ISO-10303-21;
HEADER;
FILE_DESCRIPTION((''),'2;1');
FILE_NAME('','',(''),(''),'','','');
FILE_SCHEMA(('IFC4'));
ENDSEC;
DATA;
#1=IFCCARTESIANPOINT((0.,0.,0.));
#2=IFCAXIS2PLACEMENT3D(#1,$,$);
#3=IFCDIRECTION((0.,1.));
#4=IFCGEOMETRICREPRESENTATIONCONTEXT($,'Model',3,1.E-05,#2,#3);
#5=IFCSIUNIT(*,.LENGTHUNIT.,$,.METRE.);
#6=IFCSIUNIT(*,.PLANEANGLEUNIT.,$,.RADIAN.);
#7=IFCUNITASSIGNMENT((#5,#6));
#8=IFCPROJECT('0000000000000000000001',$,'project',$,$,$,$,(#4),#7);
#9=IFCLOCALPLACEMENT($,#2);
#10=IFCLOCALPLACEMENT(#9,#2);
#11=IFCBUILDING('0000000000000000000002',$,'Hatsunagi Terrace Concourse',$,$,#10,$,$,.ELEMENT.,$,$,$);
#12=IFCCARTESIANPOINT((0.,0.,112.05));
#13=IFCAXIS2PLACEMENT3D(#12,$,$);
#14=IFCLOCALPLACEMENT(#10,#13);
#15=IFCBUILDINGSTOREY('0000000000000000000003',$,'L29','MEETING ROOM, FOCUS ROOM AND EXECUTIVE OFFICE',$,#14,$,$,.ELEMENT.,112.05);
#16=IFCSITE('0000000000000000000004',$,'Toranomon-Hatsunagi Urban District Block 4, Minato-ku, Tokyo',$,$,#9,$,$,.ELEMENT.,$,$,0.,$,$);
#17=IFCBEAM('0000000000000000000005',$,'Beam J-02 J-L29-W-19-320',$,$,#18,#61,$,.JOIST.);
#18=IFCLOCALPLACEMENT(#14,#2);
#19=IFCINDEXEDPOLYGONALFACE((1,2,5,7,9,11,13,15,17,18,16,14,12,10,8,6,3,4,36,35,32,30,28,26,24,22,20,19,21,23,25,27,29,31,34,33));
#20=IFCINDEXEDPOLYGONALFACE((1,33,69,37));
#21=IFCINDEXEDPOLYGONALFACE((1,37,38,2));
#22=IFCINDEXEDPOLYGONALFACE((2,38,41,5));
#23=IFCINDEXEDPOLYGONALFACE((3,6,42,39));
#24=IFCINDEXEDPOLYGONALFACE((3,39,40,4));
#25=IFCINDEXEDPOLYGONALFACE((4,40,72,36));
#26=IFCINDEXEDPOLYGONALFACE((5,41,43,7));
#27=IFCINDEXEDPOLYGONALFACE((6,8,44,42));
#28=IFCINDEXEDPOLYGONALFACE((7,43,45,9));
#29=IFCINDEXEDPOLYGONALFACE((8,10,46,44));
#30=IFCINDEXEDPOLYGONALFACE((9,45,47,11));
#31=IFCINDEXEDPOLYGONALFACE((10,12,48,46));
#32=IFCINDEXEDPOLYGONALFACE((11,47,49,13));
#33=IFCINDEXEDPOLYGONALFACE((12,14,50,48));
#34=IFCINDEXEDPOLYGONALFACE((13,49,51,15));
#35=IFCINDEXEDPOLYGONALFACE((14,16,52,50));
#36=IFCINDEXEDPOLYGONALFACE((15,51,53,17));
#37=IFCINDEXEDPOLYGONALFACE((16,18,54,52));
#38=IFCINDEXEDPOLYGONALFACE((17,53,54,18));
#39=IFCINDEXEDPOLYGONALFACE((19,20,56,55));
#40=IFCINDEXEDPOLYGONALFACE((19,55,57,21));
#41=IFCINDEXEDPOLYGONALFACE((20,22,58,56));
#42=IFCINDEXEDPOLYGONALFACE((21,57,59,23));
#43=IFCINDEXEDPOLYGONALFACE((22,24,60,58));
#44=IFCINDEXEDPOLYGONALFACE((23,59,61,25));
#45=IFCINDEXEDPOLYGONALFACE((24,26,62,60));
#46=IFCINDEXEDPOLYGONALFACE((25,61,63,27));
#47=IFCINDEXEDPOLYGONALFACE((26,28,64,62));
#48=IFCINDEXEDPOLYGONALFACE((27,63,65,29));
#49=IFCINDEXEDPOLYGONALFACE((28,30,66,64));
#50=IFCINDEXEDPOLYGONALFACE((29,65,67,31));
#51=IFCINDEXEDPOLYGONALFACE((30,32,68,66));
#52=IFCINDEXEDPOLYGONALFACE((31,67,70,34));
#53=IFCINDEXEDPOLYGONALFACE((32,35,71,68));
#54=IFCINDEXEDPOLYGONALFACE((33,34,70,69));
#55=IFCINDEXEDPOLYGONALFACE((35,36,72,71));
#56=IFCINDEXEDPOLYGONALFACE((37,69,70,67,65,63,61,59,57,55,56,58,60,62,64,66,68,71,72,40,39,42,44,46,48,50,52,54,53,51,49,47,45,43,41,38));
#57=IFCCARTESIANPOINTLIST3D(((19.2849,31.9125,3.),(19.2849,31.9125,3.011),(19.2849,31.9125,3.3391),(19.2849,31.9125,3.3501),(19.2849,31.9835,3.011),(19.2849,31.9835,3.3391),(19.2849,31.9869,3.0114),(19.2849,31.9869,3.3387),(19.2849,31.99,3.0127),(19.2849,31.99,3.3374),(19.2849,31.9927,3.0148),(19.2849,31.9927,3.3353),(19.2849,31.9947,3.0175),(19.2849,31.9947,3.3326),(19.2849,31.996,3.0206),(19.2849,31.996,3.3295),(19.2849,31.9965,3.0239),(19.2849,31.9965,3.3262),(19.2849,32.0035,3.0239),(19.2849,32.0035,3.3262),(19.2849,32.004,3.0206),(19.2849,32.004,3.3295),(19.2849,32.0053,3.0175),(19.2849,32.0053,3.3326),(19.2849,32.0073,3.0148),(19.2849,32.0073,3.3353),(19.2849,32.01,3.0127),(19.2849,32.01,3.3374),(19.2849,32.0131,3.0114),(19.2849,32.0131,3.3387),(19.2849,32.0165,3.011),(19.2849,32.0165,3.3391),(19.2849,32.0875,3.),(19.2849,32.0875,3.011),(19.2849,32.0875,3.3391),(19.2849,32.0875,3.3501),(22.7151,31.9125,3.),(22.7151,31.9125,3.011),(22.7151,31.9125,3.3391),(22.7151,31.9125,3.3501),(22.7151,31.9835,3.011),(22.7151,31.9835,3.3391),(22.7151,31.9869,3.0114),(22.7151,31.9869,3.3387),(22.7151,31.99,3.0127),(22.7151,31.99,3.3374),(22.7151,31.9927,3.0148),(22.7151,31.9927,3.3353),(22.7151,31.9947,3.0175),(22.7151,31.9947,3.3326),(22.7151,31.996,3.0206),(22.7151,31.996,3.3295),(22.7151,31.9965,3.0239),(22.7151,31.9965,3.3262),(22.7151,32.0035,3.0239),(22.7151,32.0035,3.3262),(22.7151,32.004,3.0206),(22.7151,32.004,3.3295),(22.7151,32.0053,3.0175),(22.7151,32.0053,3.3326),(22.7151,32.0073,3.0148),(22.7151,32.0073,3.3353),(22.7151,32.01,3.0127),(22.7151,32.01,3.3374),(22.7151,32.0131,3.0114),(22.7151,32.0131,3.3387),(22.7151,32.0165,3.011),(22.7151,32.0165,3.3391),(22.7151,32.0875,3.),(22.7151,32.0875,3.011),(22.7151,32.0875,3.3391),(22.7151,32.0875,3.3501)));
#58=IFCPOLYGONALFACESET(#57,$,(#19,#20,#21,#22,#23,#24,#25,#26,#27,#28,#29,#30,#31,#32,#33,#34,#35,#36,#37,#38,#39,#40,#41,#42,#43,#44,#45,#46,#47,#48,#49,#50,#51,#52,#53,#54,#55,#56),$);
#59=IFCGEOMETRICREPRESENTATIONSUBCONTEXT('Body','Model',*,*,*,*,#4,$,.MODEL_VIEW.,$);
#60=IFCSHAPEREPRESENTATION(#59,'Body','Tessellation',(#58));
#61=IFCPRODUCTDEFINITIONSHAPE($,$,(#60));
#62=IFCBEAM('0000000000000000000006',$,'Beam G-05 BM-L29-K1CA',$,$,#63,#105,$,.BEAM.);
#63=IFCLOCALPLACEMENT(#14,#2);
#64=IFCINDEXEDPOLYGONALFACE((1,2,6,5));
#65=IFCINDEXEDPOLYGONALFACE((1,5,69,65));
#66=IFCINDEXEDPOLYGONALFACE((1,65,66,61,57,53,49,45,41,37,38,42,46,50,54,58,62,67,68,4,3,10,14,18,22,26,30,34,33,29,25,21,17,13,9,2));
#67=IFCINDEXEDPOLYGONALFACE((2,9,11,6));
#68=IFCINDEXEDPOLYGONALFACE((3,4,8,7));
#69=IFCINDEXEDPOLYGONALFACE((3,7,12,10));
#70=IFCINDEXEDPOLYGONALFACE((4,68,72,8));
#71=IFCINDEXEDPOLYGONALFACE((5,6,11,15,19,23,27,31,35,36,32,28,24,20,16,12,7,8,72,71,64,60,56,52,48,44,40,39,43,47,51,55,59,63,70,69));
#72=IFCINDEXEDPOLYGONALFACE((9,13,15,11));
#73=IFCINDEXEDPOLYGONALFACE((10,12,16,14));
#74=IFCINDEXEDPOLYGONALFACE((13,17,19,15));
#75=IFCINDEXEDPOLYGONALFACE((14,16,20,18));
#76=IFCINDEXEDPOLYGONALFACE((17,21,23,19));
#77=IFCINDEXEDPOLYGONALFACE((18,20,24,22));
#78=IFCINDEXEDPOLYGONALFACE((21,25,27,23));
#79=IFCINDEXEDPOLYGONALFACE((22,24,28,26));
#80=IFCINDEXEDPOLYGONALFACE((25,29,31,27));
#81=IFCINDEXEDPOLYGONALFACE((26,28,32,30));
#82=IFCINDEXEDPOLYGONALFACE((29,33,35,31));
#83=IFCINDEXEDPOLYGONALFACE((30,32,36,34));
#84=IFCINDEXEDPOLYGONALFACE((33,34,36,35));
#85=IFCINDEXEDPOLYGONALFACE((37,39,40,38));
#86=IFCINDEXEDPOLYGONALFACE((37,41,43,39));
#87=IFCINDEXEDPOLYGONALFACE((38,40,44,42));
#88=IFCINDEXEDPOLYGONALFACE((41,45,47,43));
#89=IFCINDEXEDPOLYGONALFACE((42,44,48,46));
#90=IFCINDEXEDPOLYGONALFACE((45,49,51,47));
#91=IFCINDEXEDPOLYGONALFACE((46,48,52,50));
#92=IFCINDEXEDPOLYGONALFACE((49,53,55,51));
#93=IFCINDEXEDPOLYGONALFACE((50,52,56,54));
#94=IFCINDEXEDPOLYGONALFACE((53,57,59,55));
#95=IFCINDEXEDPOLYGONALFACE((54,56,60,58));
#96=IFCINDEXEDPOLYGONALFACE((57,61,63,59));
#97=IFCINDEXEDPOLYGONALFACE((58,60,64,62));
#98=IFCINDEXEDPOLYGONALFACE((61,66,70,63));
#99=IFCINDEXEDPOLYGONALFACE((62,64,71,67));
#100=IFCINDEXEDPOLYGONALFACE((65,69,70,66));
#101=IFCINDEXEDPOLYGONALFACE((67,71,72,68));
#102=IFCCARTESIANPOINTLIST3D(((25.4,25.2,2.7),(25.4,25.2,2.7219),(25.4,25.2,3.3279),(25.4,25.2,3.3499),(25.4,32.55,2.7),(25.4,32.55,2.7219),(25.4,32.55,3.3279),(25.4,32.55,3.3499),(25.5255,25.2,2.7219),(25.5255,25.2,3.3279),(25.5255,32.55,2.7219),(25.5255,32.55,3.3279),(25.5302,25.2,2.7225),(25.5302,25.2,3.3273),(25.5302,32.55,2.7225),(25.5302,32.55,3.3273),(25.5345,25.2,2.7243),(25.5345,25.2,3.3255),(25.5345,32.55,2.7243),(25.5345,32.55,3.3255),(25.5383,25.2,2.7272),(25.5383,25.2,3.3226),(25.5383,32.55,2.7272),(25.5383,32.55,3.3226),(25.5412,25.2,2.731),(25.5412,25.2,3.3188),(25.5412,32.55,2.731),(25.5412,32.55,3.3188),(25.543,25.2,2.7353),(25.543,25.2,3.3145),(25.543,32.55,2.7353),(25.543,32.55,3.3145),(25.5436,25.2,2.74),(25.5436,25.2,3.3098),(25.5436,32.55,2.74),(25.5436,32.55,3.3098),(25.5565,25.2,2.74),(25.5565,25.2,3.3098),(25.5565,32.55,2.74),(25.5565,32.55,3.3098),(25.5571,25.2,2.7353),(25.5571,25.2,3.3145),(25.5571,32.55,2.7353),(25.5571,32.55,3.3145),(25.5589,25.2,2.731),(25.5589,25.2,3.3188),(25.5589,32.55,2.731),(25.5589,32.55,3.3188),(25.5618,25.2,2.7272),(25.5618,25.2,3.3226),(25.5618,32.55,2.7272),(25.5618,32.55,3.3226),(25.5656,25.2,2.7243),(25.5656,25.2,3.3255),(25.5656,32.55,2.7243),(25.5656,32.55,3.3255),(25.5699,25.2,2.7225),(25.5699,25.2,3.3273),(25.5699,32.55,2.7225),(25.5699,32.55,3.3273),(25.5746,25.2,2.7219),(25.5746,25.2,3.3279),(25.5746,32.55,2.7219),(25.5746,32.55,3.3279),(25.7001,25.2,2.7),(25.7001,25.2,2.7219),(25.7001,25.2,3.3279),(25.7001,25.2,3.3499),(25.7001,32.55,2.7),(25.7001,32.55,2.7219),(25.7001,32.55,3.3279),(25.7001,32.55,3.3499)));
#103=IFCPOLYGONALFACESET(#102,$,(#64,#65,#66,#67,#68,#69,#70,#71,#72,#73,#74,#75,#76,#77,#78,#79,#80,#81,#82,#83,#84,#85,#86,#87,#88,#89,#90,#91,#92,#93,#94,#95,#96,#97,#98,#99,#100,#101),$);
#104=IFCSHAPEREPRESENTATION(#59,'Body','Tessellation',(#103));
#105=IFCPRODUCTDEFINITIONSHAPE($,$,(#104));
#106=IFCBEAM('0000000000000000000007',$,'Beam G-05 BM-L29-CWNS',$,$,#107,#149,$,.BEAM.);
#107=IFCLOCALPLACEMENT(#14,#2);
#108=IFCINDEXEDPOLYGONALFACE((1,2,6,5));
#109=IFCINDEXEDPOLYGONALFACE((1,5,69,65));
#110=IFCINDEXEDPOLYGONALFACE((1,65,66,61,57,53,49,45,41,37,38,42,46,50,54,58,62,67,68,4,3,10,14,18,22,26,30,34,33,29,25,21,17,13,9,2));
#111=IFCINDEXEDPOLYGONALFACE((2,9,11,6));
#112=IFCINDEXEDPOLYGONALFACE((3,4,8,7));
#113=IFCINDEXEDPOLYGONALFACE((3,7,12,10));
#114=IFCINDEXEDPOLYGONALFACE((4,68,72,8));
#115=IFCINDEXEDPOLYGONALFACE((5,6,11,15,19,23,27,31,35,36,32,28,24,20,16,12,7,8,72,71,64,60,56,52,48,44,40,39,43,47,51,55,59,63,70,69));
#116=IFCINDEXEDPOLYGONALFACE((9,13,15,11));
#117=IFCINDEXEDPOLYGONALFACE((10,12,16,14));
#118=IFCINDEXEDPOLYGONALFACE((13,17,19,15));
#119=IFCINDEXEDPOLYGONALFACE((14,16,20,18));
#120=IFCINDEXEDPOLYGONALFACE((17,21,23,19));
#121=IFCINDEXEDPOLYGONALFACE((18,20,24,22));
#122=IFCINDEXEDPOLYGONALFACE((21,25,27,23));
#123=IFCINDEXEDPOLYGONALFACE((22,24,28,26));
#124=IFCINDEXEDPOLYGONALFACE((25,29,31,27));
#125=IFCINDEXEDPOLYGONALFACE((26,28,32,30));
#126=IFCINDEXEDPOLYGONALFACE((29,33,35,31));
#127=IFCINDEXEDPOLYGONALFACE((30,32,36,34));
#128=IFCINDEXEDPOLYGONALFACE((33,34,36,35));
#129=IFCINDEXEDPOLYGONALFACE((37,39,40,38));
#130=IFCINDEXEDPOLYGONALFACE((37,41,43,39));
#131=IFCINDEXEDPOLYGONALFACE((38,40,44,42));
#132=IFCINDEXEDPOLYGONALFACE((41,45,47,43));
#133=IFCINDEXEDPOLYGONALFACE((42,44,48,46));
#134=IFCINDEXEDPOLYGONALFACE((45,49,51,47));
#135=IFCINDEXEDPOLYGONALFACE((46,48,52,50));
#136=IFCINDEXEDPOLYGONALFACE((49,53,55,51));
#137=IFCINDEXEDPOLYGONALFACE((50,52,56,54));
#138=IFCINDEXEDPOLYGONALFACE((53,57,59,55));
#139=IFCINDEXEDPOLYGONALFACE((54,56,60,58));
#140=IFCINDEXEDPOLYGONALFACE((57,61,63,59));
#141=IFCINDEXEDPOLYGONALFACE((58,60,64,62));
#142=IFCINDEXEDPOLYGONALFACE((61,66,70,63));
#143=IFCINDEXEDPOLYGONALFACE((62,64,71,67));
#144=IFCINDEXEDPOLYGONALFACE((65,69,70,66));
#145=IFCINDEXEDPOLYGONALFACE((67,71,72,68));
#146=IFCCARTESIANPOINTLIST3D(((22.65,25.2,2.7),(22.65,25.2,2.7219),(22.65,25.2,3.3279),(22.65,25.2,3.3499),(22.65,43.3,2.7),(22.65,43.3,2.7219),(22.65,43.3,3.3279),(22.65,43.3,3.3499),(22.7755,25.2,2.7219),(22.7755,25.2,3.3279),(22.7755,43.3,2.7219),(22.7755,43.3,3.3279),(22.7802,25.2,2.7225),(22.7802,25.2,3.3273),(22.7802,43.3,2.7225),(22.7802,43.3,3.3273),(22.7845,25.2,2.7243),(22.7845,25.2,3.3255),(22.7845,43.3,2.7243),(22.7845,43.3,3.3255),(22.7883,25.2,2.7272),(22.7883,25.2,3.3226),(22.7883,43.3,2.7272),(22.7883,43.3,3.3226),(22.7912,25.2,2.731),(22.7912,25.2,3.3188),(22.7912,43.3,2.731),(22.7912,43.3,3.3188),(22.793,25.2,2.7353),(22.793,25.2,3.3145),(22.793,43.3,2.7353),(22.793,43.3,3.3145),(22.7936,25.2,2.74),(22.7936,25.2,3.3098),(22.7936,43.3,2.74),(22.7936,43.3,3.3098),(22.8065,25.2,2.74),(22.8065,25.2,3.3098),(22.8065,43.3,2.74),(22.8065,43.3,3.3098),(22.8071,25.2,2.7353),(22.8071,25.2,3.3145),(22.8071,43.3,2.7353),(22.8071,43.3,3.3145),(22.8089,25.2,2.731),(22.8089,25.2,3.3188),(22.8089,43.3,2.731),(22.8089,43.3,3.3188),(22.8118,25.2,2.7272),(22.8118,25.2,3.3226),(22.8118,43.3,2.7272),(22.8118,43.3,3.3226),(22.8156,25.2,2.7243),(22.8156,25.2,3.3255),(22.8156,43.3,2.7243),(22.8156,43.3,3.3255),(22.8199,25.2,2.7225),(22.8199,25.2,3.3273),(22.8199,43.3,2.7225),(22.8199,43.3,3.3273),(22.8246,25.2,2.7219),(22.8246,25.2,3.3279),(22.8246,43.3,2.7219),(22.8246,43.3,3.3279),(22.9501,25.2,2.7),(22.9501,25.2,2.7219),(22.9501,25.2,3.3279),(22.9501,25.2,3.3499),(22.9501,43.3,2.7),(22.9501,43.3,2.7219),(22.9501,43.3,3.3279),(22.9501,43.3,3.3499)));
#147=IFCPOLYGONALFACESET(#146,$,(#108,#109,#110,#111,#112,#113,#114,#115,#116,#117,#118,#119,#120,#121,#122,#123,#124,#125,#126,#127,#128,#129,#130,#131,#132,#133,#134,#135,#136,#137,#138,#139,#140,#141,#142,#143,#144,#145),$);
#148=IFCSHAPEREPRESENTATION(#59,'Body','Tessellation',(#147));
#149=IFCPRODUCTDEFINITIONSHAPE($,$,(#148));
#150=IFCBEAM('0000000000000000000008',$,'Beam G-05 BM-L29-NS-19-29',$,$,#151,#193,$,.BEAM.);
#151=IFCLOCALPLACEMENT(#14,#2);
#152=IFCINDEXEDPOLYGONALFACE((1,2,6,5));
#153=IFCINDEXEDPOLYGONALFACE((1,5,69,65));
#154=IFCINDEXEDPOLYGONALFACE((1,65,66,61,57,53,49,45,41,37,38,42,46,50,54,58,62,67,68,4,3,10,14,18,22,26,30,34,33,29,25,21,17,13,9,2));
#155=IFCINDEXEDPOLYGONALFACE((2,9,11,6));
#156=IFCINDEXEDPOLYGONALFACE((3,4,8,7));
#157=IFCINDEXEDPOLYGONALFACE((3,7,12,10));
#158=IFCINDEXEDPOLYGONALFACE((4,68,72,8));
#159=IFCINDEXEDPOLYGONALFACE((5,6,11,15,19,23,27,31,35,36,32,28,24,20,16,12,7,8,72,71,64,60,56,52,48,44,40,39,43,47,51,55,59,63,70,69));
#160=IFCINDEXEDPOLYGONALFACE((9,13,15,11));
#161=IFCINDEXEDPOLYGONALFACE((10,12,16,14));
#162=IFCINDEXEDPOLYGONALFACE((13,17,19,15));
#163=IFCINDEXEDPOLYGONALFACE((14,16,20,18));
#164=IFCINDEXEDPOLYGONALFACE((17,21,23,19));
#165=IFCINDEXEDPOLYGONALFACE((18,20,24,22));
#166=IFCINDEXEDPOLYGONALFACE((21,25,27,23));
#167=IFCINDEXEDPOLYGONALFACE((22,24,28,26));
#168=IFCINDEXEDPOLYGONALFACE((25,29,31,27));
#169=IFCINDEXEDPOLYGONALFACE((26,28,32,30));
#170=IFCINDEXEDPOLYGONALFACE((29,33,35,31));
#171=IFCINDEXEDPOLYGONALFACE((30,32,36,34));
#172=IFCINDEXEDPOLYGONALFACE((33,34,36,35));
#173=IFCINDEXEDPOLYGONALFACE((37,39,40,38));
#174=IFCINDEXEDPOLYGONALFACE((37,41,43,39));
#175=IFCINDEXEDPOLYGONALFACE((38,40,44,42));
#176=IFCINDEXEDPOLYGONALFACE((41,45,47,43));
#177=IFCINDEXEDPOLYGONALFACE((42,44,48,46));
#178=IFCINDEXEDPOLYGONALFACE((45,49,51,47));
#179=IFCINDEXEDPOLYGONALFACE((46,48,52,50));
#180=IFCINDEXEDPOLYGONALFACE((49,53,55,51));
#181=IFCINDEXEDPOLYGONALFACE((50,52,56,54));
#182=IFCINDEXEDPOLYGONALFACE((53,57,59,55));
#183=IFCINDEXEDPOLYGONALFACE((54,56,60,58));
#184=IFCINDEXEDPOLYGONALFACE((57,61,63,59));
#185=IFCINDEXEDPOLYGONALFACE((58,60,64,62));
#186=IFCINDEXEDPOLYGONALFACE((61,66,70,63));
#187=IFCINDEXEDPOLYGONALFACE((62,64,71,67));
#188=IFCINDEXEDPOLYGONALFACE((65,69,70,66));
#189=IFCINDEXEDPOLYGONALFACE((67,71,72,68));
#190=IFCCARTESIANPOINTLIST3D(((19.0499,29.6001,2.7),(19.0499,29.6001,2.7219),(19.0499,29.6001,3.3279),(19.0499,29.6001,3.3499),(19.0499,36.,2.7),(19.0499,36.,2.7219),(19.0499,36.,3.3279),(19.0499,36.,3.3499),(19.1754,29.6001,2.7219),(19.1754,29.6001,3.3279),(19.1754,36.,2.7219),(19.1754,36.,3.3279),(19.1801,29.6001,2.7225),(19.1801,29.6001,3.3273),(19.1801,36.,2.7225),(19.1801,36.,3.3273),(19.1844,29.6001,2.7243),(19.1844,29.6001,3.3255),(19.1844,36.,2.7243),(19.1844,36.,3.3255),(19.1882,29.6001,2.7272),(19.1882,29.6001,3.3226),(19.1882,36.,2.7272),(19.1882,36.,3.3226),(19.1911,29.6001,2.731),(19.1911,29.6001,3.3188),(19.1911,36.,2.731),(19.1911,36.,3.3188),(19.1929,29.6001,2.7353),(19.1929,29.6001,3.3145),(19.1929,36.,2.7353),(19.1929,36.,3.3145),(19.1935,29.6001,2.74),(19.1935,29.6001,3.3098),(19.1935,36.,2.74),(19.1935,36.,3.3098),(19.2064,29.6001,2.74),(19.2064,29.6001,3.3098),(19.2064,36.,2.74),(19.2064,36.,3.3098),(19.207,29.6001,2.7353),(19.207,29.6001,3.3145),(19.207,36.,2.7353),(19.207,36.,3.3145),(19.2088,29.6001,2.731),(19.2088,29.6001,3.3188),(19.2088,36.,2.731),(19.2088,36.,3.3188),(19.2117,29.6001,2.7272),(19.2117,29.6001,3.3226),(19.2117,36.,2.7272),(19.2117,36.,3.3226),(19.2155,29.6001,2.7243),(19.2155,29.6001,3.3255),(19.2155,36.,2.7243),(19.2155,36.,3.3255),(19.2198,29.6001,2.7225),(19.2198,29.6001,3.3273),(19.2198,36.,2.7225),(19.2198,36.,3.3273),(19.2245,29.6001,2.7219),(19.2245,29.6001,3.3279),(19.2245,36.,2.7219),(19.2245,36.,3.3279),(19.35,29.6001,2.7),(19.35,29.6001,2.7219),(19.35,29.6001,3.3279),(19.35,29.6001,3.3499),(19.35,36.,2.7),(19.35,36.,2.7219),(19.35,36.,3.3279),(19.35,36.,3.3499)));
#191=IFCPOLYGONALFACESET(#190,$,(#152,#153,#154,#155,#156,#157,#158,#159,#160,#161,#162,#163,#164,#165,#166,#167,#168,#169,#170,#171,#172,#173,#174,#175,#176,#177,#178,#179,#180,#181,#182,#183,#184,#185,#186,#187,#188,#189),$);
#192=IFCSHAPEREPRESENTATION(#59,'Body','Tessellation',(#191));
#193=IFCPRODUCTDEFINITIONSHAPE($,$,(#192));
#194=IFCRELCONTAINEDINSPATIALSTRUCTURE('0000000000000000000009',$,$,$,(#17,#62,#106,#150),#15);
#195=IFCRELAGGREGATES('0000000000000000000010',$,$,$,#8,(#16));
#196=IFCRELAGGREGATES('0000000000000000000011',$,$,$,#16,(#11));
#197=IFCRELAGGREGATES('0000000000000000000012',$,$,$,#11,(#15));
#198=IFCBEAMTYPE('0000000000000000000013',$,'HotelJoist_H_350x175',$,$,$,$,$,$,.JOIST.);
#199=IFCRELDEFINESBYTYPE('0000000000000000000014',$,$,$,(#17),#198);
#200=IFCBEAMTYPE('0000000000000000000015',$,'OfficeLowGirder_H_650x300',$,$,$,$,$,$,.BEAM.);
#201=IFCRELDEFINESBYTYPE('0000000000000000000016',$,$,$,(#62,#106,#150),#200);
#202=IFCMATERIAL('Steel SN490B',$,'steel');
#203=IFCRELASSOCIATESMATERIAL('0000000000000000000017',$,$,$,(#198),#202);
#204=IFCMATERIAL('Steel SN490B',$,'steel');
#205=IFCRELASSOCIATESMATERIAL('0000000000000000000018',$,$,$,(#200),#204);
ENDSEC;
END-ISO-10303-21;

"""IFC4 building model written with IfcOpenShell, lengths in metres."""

from ifc_helpers import new_model, si_unit, direction, frame, origin, origin_2d, place, context, subcontext, project, spatial, i_section, extrude, material, material_profile, profile_set, type_object, element, save


model = new_model("IFC4")

# Units and contexts
model_context = context("Model", 3, precision=1e-05, world=origin(), true_north=direction((0.0, 1.0)))
body_context = subcontext(model_context, "Body", "Model", "MODEL_VIEW")
ifc_project = project(units=[si_unit("LENGTHUNIT", "METRE"), si_unit("PLANEANGLEUNIT", "RADIAN")], contexts=[model_context])

# Site, building, storey
site_placement = place(None, origin())
site = spatial("IfcSite", under=ifc_project, at=site_placement, Name="Toranomon-Hatsunagi Urban District Block 4, Minato-ku, Tokyo", CompositionType="ELEMENT", RefElevation=0.0)
building_placement = place(site_placement, origin())
building = spatial("IfcBuilding", under=site, at=building_placement, Name="Hatsunagi Terrace Concourse", CompositionType="ELEMENT")
storey_placement = place(building_placement, frame((0.0, 0.0, 112.05)))
storey = spatial("IfcBuildingStorey", under=building, at=storey_placement, Name="L29", Description="MEETING ROOM, FOCUS ROOM AND EXECUTIVE OFFICE", CompositionType="ELEMENT", Elevation=112.05)

# Beams
ifc_material_1 = material(Name="Steel SN490B", Category="steel")
ifc_material_profile_1 = material_profile(ifc_material_1, i_section(OverallWidth=0.175, OverallDepth=0.3501, WebThickness=0.0071, FlangeThickness=0.011, FilletRadius=0.0129, at=origin_2d()), Name="H-350x175x7x11")
ifc_profile_set_1 = profile_set([ifc_material_profile_1], Name="Steel SN490B")
beam_type_1 = type_object("IfcBeamType", Name="HotelJoist_H_350x175", PredefinedType="JOIST", material=ifc_profile_set_1)
for number, where, z_axis, x_axis, name in (
    (1, (19.2849, 32.0, 3.175), (1.0, 0.0, 0.0), (0.0, 1.0, 0.0), "Beam J-02 J-L29-W-19-320"),
):
    element("IfcBeam", number, at=place(storey_placement, frame(where, z_axis=z_axis, x_axis=x_axis)), inside=storey, type_object=beam_type_1, Name=name, PredefinedType="JOIST", context=body_context, shape_type="SweptSolid", body=[
        extrude(i_section(OverallWidth=0.175, OverallDepth=0.3501, WebThickness=0.0071, FlangeThickness=0.011, FilletRadius=0.0129, at=origin_2d()), origin(), (0.0, 0.0, 1.0), 3.4302),
    ])
ifc_material_2 = material(Name="Steel SN490B", Category="steel")
ifc_material_profile_2 = material_profile(ifc_material_2, i_section(OverallWidth=0.3, OverallDepth=0.6499, WebThickness=0.0129, FlangeThickness=0.022, FilletRadius=0.0181, at=origin_2d()), Name="H-650x300x13x22")
ifc_profile_set_2 = profile_set([ifc_material_profile_2], Name="Steel SN490B")
beam_type_2 = type_object("IfcBeamType", Name="OfficeLowGirder_H_650x300", PredefinedType="BEAM", material=ifc_profile_set_2)
beam_1_placement = place(storey_placement, frame((25.55, 25.2, 3.0249), z_axis=(0.0, 1.0, 0.0), x_axis=(-1.0, 0.0, 0.0)))
element("IfcBeam", 2, at=beam_1_placement, inside=storey, type_object=beam_type_2, Name="Beam G-05 BM-L29-K1CA", PredefinedType="BEAM", context=body_context, shape_type="SweptSolid", body=[
    extrude(i_section(OverallWidth=0.3, OverallDepth=0.6499, WebThickness=0.0129, FlangeThickness=0.022, FilletRadius=0.0181, at=origin_2d()), origin(), (0.0, 0.0, 1.0), 7.3501),
])
beam_2_placement = place(storey_placement, frame((22.8, 25.2, 3.0249), z_axis=(0.0, 1.0, 0.0), x_axis=(-1.0, 0.0, 0.0)))
element("IfcBeam", 3, at=beam_2_placement, inside=storey, type_object=beam_type_2, Name="Beam G-05 BM-L29-CWNS", PredefinedType="BEAM", context=body_context, shape_type="SweptSolid", body=[
    extrude(i_section(OverallWidth=0.3, OverallDepth=0.6499, WebThickness=0.0129, FlangeThickness=0.022, FilletRadius=0.0181, at=origin_2d()), origin(), (0.0, 0.0, 1.0), 18.1001),
])
beam_3_placement = place(storey_placement, frame((19.2, 29.6001, 3.0249), z_axis=(0.0, 1.0, 0.0), x_axis=(-1.0, 0.0, 0.0)))
element("IfcBeam", 4, at=beam_3_placement, inside=storey, type_object=beam_type_2, Name="Beam G-05 BM-L29-NS-19-29", PredefinedType="BEAM", context=body_context, shape_type="SweptSolid", body=[
    extrude(i_section(OverallWidth=0.3, OverallDepth=0.6499, WebThickness=0.0129, FlangeThickness=0.022, FilletRadius=0.0181, at=origin_2d()), origin(), (0.0, 0.0, 1.0), 6.3999),
])

save(model, "model.ifc")
